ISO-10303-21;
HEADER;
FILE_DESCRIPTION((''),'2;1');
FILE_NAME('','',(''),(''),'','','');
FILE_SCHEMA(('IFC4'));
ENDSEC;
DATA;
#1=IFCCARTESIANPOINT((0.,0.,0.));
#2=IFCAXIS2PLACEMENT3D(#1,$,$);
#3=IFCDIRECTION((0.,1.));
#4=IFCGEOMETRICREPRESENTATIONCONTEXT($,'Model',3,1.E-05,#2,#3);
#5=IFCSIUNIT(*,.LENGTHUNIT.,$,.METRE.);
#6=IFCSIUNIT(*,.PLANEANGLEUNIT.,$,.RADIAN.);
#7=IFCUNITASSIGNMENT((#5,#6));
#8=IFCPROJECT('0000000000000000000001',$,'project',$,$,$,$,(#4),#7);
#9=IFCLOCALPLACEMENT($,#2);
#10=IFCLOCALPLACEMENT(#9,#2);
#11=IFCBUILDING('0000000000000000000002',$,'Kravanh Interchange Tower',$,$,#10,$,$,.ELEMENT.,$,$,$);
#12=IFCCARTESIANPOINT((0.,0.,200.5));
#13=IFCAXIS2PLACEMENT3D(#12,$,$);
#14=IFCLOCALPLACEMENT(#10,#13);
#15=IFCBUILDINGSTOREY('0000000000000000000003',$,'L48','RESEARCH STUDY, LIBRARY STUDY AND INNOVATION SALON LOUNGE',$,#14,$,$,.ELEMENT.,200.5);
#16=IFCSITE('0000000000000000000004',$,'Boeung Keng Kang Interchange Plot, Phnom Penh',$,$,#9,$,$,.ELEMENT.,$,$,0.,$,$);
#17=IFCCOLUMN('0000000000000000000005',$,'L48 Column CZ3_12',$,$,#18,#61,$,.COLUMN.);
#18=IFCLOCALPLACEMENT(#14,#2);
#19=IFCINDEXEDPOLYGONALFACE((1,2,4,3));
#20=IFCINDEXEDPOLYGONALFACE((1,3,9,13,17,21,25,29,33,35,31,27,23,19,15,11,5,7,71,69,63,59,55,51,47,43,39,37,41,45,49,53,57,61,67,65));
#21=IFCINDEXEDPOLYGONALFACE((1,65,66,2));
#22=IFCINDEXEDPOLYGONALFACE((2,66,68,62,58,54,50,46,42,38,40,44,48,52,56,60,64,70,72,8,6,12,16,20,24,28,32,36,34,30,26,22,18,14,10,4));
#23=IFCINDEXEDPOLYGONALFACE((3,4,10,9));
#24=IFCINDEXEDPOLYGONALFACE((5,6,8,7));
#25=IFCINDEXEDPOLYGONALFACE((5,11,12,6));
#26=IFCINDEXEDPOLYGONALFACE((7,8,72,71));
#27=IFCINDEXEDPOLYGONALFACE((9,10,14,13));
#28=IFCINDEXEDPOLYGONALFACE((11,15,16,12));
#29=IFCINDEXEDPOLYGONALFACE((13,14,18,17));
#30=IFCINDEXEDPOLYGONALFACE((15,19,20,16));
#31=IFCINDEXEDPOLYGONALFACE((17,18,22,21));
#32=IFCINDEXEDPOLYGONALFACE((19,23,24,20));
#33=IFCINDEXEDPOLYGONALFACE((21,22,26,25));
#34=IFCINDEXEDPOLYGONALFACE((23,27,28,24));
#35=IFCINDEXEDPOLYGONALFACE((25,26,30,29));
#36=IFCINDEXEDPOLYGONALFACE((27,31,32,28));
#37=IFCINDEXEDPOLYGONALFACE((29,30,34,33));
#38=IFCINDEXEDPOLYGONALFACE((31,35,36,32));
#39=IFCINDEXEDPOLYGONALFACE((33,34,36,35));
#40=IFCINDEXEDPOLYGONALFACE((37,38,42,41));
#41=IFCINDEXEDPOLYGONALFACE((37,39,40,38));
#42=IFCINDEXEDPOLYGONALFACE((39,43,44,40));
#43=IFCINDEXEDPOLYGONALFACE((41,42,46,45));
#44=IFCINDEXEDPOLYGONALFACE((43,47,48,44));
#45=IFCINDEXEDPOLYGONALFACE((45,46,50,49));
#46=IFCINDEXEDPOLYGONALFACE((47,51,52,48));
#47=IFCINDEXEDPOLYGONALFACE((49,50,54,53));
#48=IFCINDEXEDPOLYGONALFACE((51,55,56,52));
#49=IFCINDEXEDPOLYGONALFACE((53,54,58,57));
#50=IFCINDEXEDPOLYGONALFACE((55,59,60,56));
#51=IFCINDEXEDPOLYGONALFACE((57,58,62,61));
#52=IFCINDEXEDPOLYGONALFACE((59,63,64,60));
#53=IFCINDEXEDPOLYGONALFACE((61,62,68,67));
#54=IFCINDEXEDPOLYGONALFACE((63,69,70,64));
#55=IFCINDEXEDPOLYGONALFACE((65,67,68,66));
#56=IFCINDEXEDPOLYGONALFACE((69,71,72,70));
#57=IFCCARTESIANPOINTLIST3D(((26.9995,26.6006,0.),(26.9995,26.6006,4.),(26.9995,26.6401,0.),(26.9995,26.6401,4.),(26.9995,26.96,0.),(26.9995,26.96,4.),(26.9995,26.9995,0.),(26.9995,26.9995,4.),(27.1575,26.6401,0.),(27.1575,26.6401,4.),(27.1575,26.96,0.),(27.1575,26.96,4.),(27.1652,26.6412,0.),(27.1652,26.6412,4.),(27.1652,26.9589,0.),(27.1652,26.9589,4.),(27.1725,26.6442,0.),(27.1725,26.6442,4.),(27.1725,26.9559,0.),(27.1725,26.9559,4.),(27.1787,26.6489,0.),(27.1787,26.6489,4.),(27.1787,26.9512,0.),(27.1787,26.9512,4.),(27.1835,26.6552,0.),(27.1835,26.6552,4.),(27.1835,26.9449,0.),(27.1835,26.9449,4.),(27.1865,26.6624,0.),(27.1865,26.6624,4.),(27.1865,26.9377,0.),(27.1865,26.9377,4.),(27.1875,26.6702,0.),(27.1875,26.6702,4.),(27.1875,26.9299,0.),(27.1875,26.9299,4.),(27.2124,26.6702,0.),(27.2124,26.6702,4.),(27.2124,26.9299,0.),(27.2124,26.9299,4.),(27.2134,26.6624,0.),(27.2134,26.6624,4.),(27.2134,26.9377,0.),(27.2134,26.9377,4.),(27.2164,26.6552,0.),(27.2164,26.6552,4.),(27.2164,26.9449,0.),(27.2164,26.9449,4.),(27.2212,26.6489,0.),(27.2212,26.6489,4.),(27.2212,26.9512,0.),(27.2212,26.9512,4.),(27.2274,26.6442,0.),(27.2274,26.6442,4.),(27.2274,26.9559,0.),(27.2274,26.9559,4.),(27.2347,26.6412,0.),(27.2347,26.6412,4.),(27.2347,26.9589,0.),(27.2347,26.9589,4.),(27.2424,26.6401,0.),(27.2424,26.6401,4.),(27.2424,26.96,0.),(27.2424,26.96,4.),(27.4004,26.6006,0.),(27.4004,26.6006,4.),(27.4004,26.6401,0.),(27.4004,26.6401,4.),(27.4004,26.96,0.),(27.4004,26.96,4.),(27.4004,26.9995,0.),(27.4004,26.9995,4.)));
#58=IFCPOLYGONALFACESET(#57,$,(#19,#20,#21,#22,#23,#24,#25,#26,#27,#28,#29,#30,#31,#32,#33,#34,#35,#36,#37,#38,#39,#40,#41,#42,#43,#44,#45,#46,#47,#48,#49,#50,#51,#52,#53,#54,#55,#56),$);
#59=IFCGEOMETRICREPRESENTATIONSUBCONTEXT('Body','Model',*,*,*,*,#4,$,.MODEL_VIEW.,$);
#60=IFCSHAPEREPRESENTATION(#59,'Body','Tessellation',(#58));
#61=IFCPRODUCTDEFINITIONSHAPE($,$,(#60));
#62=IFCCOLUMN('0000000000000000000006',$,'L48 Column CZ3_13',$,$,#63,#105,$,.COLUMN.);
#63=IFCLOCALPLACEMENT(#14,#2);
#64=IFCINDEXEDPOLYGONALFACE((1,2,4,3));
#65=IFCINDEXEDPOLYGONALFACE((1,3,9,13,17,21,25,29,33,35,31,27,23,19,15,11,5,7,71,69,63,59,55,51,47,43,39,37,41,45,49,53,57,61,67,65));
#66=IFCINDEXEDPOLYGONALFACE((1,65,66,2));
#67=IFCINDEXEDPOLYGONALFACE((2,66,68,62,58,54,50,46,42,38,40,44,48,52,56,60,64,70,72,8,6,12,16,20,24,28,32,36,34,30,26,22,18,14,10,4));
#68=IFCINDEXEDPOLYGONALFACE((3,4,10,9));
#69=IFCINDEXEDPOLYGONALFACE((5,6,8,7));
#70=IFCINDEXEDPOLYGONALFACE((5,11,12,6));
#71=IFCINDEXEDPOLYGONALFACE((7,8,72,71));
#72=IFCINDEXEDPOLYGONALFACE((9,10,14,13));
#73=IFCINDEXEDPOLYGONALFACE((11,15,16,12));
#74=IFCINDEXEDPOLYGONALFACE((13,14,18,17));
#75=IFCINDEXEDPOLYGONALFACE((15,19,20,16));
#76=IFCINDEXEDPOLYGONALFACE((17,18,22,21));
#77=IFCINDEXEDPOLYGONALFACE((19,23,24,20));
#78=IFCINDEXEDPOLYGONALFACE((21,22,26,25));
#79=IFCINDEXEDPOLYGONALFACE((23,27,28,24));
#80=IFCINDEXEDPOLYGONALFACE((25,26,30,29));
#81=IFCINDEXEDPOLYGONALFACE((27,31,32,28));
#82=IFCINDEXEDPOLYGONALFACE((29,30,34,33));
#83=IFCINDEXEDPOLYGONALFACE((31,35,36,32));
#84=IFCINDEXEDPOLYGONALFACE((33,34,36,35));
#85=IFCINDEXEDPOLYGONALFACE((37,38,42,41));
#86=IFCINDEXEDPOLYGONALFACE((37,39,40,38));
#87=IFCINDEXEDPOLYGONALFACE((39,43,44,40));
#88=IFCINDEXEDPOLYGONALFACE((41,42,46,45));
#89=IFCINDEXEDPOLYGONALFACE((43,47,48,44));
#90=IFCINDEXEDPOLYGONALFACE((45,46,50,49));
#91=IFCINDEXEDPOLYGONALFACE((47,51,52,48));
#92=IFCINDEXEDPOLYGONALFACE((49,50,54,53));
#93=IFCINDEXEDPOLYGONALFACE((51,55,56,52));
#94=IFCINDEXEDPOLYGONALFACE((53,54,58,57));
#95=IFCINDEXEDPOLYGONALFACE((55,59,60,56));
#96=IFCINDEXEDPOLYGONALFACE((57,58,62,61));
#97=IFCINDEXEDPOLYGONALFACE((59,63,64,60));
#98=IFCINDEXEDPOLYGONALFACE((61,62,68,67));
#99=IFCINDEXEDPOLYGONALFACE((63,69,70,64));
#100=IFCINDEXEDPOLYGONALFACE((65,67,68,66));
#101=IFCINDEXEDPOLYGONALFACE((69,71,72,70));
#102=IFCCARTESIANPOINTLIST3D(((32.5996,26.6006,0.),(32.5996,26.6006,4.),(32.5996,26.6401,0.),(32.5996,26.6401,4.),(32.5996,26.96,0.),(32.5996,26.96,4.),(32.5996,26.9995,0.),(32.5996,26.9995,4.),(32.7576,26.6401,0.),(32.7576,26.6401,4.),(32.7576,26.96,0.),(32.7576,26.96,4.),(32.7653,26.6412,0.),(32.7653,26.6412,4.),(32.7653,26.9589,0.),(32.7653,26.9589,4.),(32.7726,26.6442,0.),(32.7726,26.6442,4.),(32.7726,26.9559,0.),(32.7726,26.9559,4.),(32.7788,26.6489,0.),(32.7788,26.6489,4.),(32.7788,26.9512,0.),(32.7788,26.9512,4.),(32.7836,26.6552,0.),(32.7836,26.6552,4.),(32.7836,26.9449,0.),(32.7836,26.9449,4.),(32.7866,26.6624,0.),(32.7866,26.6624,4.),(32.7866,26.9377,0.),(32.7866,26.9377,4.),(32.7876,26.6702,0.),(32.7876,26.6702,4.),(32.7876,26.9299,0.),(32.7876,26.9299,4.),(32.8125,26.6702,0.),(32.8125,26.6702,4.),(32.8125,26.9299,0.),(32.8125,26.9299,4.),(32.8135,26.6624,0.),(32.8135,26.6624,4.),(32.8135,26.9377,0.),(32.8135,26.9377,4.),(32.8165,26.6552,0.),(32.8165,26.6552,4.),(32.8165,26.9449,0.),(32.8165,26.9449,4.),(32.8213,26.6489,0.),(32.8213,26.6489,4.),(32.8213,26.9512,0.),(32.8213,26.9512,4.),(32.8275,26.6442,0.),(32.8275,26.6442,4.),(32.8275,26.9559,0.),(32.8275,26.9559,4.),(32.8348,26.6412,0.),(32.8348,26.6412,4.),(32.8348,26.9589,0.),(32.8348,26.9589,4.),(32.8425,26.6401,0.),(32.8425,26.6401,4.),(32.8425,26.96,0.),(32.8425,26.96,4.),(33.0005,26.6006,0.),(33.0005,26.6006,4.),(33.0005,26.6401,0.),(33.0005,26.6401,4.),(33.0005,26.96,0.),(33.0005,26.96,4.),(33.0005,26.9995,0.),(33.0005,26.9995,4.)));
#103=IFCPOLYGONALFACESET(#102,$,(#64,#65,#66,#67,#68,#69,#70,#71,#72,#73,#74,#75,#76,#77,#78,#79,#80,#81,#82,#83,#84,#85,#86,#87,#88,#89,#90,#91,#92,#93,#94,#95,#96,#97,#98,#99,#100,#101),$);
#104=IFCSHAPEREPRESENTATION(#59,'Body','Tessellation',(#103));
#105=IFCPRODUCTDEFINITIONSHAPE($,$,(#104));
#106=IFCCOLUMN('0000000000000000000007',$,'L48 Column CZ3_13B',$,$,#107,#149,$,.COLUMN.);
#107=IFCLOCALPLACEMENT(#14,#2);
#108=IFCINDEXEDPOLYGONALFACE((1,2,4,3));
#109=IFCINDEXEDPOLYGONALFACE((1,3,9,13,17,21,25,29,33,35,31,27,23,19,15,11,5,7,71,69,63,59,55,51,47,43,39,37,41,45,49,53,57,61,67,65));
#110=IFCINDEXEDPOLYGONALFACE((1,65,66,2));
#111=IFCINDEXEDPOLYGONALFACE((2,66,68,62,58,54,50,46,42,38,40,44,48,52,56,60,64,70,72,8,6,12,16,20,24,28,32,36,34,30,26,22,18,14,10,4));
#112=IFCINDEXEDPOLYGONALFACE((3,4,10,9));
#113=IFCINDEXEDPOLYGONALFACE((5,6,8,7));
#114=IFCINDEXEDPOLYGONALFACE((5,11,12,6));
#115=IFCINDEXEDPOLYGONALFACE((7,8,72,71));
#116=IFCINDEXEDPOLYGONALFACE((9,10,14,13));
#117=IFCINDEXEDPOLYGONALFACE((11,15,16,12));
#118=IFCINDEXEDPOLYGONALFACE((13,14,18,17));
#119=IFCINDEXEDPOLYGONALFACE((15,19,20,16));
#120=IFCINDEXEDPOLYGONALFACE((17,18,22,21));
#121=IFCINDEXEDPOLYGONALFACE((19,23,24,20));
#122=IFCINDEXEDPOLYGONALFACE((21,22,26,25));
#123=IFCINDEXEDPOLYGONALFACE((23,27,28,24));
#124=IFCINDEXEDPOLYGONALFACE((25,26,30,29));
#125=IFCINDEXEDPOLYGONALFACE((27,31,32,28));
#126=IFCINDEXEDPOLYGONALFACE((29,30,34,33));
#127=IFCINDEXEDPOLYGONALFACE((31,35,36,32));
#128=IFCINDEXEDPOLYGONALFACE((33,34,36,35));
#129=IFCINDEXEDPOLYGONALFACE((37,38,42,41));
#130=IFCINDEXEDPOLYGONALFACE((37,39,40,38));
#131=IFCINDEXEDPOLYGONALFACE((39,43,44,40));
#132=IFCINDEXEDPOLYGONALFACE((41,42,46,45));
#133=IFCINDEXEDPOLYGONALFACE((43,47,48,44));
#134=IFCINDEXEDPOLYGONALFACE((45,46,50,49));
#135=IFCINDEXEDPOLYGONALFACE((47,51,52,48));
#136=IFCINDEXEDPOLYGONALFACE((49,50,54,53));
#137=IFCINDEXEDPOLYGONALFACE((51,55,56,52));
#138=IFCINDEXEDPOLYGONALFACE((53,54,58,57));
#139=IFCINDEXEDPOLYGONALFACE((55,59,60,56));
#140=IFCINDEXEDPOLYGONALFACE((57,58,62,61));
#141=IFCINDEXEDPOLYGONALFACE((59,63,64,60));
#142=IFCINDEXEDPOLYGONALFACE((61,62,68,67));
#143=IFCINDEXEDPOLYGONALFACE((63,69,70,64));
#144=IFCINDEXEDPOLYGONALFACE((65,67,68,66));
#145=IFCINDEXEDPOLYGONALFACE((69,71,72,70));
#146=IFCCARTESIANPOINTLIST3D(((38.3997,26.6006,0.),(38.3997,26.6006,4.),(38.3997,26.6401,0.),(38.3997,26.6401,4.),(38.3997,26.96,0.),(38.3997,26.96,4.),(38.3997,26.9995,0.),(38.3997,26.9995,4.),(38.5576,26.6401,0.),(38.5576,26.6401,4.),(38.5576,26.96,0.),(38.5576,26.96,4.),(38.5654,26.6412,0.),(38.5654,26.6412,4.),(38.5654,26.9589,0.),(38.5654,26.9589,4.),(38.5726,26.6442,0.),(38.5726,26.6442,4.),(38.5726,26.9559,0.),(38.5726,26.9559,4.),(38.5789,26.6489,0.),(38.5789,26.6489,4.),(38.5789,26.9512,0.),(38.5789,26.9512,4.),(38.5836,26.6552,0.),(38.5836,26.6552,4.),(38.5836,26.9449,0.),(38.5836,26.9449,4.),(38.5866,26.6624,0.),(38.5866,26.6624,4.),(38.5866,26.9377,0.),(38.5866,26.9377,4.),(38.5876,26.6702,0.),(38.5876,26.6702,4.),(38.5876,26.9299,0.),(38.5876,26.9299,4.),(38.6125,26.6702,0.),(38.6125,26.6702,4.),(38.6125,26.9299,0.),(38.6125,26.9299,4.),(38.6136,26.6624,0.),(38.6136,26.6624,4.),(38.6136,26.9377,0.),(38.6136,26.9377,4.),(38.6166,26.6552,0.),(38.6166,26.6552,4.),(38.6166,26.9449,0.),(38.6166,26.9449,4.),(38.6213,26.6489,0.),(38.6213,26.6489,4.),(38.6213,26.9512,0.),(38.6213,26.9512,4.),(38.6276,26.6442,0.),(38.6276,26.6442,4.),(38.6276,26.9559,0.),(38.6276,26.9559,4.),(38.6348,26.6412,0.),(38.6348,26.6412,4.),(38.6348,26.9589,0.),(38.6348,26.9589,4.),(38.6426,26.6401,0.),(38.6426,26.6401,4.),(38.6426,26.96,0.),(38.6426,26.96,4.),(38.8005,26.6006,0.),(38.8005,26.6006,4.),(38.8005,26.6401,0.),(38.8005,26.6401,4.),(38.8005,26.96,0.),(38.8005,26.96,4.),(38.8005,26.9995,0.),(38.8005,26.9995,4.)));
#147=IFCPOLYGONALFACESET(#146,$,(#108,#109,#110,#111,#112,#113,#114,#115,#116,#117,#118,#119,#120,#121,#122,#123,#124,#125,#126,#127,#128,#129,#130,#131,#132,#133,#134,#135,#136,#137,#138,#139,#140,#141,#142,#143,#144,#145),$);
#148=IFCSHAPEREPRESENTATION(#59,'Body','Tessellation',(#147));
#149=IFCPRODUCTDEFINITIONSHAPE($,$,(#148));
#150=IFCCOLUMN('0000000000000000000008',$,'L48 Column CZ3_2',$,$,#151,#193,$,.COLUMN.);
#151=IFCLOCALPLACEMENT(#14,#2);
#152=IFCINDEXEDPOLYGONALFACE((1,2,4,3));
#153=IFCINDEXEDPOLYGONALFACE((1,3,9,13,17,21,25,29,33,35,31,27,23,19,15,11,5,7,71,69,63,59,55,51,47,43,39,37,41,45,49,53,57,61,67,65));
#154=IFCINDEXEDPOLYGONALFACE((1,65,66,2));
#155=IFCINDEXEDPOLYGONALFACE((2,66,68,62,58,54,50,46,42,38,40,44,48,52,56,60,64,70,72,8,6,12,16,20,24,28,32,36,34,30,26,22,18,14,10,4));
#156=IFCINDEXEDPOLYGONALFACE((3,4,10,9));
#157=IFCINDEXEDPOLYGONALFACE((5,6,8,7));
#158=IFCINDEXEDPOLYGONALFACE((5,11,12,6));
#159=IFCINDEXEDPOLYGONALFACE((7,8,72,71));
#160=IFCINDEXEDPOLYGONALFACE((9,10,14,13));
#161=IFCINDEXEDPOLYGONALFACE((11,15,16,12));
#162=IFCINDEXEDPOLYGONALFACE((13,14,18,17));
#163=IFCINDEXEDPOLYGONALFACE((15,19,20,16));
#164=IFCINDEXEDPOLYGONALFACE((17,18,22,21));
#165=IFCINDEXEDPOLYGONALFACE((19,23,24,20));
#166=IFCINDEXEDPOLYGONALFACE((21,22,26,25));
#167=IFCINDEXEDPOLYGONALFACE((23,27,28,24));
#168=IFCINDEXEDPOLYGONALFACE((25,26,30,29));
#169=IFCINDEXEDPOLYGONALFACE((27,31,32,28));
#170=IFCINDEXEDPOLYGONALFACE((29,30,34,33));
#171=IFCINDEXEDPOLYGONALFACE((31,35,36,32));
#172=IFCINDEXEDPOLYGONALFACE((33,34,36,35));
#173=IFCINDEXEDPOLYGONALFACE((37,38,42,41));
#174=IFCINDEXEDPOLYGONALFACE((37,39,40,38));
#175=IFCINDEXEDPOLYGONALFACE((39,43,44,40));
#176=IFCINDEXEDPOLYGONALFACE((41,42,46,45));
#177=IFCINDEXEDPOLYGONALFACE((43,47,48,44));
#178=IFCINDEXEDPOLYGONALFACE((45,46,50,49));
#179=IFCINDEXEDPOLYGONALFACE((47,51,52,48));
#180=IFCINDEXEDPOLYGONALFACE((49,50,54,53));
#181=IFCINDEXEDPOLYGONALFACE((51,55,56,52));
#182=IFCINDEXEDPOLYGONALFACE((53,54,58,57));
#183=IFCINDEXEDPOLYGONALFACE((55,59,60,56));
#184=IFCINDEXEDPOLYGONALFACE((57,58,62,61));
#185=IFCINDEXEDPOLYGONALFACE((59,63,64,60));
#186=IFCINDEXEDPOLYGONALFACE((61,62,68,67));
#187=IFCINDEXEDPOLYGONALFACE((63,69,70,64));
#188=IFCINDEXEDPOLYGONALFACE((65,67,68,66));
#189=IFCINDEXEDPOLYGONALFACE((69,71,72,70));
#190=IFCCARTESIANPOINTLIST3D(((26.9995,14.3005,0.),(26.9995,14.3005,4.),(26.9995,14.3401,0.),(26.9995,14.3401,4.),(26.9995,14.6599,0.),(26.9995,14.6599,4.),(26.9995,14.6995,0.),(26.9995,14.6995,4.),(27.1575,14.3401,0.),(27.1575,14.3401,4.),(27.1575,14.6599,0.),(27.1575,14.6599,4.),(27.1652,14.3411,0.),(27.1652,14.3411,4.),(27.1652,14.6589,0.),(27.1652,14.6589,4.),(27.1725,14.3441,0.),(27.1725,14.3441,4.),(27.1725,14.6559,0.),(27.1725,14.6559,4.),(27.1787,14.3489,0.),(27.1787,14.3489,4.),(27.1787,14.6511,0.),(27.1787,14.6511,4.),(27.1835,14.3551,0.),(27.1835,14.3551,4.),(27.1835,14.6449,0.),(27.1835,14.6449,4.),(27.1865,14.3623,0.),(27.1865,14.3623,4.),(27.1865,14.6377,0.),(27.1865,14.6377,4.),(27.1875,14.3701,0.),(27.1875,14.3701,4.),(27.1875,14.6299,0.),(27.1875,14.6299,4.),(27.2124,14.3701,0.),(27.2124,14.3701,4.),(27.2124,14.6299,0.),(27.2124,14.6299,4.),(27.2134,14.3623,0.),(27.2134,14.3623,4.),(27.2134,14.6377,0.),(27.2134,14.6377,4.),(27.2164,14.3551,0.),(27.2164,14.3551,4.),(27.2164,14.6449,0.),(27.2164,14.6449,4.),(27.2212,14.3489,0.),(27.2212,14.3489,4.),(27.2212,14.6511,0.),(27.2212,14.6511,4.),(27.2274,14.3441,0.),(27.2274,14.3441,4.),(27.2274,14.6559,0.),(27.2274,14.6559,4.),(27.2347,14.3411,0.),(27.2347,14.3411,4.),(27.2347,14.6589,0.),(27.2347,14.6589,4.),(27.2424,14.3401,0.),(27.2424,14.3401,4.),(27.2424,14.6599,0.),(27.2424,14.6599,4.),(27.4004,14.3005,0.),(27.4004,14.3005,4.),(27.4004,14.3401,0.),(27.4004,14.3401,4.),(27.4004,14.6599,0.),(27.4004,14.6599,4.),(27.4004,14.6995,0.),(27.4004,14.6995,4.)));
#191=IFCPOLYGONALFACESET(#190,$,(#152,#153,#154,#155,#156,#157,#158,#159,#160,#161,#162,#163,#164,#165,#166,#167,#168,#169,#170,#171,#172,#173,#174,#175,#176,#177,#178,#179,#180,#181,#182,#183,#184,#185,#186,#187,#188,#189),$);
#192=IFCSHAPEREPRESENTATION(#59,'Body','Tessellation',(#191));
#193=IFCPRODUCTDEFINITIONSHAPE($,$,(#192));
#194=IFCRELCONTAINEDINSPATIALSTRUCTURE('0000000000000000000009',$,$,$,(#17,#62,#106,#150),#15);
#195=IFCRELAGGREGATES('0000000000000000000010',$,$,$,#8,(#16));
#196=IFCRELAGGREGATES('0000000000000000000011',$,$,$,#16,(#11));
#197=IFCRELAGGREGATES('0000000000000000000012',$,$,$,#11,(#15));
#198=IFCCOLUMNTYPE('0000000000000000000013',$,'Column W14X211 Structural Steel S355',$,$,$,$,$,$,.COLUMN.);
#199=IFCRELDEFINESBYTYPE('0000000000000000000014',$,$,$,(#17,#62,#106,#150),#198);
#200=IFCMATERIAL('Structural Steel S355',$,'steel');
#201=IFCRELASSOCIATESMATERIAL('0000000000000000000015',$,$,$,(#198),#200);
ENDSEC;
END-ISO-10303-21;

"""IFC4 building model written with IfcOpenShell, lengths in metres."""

from ifc_helpers import new_model, si_unit, direction, frame, origin, origin_2d, place, context, subcontext, project, spatial, i_section, extrude, material, material_profile, profile_set, type_object, element, save


model = new_model("IFC4")

# Units and contexts
model_context = context("Model", 3, precision=1e-05, world=origin(), true_north=direction((0.0, 1.0)))
body_context = subcontext(model_context, "Body", "Model", "MODEL_VIEW")
ifc_project = project(units=[si_unit("LENGTHUNIT", "METRE"), si_unit("PLANEANGLEUNIT", "RADIAN")], contexts=[model_context])

# Site, building, storey
site_placement = place(None, origin())
site = spatial("IfcSite", under=ifc_project, at=site_placement, Name="Boeung Keng Kang Interchange Plot, Phnom Penh", CompositionType="ELEMENT", RefElevation=0.0)
building_placement = place(site_placement, origin())
building = spatial("IfcBuilding", under=site, at=building_placement, Name="Kravanh Interchange Tower", CompositionType="ELEMENT")
storey_placement = place(building_placement, frame((0.0, 0.0, 200.5)))
storey = spatial("IfcBuildingStorey", under=building, at=storey_placement, Name="L48", Description="RESEARCH STUDY, LIBRARY STUDY AND INNOVATION SALON LOUNGE", CompositionType="ELEMENT", Elevation=200.5)

# Columns
ifc_material_1 = material(Name="Structural Steel S355", Category="steel")
ifc_material_profile_1 = material_profile(ifc_material_1, i_section(OverallWidth=0.4009, OverallDepth=0.3989, WebThickness=0.0249, FlangeThickness=0.0396, FilletRadius=0.03, at=origin_2d()), Name="W14X211")
ifc_profile_set_1 = profile_set([ifc_material_profile_1], Name="Structural Steel S355")
column_type = type_object("IfcColumnType", Name="Column W14X211 Structural Steel S355", PredefinedType="COLUMN", material=ifc_profile_set_1)
for number, where, z_axis, x_axis, name in (
    (1, (27.2, 26.8, 0.0), (0.0, 0.0, 1.0), (1.0, 0.0, 0.0), "L48 Column CZ3_12"),
    (2, (32.8, 26.8, 0.0), (0.0, 0.0, 1.0), (1.0, 0.0, 0.0), "L48 Column CZ3_13"),
    (3, (38.6001, 26.8, 0.0), (0.0, 0.0, 1.0), (1.0, 0.0, 0.0), "L48 Column CZ3_13B"),
    (4, (27.2, 14.5, 0.0), (0.0, 0.0, 1.0), (1.0, 0.0, 0.0), "L48 Column CZ3_2"),
):
    element("IfcColumn", number, at=place(storey_placement, frame(where, z_axis=z_axis, x_axis=x_axis)), inside=storey, type_object=column_type, Name=name, PredefinedType="COLUMN", context=body_context, shape_type="SweptSolid", body=[
        extrude(i_section(OverallWidth=0.4009, OverallDepth=0.3989, WebThickness=0.0249, FlangeThickness=0.0396, FilletRadius=0.03, at=origin_2d()), origin(), (0.0, 0.0, 1.0), 4.0),
    ])

save(model, "model.ifc")
